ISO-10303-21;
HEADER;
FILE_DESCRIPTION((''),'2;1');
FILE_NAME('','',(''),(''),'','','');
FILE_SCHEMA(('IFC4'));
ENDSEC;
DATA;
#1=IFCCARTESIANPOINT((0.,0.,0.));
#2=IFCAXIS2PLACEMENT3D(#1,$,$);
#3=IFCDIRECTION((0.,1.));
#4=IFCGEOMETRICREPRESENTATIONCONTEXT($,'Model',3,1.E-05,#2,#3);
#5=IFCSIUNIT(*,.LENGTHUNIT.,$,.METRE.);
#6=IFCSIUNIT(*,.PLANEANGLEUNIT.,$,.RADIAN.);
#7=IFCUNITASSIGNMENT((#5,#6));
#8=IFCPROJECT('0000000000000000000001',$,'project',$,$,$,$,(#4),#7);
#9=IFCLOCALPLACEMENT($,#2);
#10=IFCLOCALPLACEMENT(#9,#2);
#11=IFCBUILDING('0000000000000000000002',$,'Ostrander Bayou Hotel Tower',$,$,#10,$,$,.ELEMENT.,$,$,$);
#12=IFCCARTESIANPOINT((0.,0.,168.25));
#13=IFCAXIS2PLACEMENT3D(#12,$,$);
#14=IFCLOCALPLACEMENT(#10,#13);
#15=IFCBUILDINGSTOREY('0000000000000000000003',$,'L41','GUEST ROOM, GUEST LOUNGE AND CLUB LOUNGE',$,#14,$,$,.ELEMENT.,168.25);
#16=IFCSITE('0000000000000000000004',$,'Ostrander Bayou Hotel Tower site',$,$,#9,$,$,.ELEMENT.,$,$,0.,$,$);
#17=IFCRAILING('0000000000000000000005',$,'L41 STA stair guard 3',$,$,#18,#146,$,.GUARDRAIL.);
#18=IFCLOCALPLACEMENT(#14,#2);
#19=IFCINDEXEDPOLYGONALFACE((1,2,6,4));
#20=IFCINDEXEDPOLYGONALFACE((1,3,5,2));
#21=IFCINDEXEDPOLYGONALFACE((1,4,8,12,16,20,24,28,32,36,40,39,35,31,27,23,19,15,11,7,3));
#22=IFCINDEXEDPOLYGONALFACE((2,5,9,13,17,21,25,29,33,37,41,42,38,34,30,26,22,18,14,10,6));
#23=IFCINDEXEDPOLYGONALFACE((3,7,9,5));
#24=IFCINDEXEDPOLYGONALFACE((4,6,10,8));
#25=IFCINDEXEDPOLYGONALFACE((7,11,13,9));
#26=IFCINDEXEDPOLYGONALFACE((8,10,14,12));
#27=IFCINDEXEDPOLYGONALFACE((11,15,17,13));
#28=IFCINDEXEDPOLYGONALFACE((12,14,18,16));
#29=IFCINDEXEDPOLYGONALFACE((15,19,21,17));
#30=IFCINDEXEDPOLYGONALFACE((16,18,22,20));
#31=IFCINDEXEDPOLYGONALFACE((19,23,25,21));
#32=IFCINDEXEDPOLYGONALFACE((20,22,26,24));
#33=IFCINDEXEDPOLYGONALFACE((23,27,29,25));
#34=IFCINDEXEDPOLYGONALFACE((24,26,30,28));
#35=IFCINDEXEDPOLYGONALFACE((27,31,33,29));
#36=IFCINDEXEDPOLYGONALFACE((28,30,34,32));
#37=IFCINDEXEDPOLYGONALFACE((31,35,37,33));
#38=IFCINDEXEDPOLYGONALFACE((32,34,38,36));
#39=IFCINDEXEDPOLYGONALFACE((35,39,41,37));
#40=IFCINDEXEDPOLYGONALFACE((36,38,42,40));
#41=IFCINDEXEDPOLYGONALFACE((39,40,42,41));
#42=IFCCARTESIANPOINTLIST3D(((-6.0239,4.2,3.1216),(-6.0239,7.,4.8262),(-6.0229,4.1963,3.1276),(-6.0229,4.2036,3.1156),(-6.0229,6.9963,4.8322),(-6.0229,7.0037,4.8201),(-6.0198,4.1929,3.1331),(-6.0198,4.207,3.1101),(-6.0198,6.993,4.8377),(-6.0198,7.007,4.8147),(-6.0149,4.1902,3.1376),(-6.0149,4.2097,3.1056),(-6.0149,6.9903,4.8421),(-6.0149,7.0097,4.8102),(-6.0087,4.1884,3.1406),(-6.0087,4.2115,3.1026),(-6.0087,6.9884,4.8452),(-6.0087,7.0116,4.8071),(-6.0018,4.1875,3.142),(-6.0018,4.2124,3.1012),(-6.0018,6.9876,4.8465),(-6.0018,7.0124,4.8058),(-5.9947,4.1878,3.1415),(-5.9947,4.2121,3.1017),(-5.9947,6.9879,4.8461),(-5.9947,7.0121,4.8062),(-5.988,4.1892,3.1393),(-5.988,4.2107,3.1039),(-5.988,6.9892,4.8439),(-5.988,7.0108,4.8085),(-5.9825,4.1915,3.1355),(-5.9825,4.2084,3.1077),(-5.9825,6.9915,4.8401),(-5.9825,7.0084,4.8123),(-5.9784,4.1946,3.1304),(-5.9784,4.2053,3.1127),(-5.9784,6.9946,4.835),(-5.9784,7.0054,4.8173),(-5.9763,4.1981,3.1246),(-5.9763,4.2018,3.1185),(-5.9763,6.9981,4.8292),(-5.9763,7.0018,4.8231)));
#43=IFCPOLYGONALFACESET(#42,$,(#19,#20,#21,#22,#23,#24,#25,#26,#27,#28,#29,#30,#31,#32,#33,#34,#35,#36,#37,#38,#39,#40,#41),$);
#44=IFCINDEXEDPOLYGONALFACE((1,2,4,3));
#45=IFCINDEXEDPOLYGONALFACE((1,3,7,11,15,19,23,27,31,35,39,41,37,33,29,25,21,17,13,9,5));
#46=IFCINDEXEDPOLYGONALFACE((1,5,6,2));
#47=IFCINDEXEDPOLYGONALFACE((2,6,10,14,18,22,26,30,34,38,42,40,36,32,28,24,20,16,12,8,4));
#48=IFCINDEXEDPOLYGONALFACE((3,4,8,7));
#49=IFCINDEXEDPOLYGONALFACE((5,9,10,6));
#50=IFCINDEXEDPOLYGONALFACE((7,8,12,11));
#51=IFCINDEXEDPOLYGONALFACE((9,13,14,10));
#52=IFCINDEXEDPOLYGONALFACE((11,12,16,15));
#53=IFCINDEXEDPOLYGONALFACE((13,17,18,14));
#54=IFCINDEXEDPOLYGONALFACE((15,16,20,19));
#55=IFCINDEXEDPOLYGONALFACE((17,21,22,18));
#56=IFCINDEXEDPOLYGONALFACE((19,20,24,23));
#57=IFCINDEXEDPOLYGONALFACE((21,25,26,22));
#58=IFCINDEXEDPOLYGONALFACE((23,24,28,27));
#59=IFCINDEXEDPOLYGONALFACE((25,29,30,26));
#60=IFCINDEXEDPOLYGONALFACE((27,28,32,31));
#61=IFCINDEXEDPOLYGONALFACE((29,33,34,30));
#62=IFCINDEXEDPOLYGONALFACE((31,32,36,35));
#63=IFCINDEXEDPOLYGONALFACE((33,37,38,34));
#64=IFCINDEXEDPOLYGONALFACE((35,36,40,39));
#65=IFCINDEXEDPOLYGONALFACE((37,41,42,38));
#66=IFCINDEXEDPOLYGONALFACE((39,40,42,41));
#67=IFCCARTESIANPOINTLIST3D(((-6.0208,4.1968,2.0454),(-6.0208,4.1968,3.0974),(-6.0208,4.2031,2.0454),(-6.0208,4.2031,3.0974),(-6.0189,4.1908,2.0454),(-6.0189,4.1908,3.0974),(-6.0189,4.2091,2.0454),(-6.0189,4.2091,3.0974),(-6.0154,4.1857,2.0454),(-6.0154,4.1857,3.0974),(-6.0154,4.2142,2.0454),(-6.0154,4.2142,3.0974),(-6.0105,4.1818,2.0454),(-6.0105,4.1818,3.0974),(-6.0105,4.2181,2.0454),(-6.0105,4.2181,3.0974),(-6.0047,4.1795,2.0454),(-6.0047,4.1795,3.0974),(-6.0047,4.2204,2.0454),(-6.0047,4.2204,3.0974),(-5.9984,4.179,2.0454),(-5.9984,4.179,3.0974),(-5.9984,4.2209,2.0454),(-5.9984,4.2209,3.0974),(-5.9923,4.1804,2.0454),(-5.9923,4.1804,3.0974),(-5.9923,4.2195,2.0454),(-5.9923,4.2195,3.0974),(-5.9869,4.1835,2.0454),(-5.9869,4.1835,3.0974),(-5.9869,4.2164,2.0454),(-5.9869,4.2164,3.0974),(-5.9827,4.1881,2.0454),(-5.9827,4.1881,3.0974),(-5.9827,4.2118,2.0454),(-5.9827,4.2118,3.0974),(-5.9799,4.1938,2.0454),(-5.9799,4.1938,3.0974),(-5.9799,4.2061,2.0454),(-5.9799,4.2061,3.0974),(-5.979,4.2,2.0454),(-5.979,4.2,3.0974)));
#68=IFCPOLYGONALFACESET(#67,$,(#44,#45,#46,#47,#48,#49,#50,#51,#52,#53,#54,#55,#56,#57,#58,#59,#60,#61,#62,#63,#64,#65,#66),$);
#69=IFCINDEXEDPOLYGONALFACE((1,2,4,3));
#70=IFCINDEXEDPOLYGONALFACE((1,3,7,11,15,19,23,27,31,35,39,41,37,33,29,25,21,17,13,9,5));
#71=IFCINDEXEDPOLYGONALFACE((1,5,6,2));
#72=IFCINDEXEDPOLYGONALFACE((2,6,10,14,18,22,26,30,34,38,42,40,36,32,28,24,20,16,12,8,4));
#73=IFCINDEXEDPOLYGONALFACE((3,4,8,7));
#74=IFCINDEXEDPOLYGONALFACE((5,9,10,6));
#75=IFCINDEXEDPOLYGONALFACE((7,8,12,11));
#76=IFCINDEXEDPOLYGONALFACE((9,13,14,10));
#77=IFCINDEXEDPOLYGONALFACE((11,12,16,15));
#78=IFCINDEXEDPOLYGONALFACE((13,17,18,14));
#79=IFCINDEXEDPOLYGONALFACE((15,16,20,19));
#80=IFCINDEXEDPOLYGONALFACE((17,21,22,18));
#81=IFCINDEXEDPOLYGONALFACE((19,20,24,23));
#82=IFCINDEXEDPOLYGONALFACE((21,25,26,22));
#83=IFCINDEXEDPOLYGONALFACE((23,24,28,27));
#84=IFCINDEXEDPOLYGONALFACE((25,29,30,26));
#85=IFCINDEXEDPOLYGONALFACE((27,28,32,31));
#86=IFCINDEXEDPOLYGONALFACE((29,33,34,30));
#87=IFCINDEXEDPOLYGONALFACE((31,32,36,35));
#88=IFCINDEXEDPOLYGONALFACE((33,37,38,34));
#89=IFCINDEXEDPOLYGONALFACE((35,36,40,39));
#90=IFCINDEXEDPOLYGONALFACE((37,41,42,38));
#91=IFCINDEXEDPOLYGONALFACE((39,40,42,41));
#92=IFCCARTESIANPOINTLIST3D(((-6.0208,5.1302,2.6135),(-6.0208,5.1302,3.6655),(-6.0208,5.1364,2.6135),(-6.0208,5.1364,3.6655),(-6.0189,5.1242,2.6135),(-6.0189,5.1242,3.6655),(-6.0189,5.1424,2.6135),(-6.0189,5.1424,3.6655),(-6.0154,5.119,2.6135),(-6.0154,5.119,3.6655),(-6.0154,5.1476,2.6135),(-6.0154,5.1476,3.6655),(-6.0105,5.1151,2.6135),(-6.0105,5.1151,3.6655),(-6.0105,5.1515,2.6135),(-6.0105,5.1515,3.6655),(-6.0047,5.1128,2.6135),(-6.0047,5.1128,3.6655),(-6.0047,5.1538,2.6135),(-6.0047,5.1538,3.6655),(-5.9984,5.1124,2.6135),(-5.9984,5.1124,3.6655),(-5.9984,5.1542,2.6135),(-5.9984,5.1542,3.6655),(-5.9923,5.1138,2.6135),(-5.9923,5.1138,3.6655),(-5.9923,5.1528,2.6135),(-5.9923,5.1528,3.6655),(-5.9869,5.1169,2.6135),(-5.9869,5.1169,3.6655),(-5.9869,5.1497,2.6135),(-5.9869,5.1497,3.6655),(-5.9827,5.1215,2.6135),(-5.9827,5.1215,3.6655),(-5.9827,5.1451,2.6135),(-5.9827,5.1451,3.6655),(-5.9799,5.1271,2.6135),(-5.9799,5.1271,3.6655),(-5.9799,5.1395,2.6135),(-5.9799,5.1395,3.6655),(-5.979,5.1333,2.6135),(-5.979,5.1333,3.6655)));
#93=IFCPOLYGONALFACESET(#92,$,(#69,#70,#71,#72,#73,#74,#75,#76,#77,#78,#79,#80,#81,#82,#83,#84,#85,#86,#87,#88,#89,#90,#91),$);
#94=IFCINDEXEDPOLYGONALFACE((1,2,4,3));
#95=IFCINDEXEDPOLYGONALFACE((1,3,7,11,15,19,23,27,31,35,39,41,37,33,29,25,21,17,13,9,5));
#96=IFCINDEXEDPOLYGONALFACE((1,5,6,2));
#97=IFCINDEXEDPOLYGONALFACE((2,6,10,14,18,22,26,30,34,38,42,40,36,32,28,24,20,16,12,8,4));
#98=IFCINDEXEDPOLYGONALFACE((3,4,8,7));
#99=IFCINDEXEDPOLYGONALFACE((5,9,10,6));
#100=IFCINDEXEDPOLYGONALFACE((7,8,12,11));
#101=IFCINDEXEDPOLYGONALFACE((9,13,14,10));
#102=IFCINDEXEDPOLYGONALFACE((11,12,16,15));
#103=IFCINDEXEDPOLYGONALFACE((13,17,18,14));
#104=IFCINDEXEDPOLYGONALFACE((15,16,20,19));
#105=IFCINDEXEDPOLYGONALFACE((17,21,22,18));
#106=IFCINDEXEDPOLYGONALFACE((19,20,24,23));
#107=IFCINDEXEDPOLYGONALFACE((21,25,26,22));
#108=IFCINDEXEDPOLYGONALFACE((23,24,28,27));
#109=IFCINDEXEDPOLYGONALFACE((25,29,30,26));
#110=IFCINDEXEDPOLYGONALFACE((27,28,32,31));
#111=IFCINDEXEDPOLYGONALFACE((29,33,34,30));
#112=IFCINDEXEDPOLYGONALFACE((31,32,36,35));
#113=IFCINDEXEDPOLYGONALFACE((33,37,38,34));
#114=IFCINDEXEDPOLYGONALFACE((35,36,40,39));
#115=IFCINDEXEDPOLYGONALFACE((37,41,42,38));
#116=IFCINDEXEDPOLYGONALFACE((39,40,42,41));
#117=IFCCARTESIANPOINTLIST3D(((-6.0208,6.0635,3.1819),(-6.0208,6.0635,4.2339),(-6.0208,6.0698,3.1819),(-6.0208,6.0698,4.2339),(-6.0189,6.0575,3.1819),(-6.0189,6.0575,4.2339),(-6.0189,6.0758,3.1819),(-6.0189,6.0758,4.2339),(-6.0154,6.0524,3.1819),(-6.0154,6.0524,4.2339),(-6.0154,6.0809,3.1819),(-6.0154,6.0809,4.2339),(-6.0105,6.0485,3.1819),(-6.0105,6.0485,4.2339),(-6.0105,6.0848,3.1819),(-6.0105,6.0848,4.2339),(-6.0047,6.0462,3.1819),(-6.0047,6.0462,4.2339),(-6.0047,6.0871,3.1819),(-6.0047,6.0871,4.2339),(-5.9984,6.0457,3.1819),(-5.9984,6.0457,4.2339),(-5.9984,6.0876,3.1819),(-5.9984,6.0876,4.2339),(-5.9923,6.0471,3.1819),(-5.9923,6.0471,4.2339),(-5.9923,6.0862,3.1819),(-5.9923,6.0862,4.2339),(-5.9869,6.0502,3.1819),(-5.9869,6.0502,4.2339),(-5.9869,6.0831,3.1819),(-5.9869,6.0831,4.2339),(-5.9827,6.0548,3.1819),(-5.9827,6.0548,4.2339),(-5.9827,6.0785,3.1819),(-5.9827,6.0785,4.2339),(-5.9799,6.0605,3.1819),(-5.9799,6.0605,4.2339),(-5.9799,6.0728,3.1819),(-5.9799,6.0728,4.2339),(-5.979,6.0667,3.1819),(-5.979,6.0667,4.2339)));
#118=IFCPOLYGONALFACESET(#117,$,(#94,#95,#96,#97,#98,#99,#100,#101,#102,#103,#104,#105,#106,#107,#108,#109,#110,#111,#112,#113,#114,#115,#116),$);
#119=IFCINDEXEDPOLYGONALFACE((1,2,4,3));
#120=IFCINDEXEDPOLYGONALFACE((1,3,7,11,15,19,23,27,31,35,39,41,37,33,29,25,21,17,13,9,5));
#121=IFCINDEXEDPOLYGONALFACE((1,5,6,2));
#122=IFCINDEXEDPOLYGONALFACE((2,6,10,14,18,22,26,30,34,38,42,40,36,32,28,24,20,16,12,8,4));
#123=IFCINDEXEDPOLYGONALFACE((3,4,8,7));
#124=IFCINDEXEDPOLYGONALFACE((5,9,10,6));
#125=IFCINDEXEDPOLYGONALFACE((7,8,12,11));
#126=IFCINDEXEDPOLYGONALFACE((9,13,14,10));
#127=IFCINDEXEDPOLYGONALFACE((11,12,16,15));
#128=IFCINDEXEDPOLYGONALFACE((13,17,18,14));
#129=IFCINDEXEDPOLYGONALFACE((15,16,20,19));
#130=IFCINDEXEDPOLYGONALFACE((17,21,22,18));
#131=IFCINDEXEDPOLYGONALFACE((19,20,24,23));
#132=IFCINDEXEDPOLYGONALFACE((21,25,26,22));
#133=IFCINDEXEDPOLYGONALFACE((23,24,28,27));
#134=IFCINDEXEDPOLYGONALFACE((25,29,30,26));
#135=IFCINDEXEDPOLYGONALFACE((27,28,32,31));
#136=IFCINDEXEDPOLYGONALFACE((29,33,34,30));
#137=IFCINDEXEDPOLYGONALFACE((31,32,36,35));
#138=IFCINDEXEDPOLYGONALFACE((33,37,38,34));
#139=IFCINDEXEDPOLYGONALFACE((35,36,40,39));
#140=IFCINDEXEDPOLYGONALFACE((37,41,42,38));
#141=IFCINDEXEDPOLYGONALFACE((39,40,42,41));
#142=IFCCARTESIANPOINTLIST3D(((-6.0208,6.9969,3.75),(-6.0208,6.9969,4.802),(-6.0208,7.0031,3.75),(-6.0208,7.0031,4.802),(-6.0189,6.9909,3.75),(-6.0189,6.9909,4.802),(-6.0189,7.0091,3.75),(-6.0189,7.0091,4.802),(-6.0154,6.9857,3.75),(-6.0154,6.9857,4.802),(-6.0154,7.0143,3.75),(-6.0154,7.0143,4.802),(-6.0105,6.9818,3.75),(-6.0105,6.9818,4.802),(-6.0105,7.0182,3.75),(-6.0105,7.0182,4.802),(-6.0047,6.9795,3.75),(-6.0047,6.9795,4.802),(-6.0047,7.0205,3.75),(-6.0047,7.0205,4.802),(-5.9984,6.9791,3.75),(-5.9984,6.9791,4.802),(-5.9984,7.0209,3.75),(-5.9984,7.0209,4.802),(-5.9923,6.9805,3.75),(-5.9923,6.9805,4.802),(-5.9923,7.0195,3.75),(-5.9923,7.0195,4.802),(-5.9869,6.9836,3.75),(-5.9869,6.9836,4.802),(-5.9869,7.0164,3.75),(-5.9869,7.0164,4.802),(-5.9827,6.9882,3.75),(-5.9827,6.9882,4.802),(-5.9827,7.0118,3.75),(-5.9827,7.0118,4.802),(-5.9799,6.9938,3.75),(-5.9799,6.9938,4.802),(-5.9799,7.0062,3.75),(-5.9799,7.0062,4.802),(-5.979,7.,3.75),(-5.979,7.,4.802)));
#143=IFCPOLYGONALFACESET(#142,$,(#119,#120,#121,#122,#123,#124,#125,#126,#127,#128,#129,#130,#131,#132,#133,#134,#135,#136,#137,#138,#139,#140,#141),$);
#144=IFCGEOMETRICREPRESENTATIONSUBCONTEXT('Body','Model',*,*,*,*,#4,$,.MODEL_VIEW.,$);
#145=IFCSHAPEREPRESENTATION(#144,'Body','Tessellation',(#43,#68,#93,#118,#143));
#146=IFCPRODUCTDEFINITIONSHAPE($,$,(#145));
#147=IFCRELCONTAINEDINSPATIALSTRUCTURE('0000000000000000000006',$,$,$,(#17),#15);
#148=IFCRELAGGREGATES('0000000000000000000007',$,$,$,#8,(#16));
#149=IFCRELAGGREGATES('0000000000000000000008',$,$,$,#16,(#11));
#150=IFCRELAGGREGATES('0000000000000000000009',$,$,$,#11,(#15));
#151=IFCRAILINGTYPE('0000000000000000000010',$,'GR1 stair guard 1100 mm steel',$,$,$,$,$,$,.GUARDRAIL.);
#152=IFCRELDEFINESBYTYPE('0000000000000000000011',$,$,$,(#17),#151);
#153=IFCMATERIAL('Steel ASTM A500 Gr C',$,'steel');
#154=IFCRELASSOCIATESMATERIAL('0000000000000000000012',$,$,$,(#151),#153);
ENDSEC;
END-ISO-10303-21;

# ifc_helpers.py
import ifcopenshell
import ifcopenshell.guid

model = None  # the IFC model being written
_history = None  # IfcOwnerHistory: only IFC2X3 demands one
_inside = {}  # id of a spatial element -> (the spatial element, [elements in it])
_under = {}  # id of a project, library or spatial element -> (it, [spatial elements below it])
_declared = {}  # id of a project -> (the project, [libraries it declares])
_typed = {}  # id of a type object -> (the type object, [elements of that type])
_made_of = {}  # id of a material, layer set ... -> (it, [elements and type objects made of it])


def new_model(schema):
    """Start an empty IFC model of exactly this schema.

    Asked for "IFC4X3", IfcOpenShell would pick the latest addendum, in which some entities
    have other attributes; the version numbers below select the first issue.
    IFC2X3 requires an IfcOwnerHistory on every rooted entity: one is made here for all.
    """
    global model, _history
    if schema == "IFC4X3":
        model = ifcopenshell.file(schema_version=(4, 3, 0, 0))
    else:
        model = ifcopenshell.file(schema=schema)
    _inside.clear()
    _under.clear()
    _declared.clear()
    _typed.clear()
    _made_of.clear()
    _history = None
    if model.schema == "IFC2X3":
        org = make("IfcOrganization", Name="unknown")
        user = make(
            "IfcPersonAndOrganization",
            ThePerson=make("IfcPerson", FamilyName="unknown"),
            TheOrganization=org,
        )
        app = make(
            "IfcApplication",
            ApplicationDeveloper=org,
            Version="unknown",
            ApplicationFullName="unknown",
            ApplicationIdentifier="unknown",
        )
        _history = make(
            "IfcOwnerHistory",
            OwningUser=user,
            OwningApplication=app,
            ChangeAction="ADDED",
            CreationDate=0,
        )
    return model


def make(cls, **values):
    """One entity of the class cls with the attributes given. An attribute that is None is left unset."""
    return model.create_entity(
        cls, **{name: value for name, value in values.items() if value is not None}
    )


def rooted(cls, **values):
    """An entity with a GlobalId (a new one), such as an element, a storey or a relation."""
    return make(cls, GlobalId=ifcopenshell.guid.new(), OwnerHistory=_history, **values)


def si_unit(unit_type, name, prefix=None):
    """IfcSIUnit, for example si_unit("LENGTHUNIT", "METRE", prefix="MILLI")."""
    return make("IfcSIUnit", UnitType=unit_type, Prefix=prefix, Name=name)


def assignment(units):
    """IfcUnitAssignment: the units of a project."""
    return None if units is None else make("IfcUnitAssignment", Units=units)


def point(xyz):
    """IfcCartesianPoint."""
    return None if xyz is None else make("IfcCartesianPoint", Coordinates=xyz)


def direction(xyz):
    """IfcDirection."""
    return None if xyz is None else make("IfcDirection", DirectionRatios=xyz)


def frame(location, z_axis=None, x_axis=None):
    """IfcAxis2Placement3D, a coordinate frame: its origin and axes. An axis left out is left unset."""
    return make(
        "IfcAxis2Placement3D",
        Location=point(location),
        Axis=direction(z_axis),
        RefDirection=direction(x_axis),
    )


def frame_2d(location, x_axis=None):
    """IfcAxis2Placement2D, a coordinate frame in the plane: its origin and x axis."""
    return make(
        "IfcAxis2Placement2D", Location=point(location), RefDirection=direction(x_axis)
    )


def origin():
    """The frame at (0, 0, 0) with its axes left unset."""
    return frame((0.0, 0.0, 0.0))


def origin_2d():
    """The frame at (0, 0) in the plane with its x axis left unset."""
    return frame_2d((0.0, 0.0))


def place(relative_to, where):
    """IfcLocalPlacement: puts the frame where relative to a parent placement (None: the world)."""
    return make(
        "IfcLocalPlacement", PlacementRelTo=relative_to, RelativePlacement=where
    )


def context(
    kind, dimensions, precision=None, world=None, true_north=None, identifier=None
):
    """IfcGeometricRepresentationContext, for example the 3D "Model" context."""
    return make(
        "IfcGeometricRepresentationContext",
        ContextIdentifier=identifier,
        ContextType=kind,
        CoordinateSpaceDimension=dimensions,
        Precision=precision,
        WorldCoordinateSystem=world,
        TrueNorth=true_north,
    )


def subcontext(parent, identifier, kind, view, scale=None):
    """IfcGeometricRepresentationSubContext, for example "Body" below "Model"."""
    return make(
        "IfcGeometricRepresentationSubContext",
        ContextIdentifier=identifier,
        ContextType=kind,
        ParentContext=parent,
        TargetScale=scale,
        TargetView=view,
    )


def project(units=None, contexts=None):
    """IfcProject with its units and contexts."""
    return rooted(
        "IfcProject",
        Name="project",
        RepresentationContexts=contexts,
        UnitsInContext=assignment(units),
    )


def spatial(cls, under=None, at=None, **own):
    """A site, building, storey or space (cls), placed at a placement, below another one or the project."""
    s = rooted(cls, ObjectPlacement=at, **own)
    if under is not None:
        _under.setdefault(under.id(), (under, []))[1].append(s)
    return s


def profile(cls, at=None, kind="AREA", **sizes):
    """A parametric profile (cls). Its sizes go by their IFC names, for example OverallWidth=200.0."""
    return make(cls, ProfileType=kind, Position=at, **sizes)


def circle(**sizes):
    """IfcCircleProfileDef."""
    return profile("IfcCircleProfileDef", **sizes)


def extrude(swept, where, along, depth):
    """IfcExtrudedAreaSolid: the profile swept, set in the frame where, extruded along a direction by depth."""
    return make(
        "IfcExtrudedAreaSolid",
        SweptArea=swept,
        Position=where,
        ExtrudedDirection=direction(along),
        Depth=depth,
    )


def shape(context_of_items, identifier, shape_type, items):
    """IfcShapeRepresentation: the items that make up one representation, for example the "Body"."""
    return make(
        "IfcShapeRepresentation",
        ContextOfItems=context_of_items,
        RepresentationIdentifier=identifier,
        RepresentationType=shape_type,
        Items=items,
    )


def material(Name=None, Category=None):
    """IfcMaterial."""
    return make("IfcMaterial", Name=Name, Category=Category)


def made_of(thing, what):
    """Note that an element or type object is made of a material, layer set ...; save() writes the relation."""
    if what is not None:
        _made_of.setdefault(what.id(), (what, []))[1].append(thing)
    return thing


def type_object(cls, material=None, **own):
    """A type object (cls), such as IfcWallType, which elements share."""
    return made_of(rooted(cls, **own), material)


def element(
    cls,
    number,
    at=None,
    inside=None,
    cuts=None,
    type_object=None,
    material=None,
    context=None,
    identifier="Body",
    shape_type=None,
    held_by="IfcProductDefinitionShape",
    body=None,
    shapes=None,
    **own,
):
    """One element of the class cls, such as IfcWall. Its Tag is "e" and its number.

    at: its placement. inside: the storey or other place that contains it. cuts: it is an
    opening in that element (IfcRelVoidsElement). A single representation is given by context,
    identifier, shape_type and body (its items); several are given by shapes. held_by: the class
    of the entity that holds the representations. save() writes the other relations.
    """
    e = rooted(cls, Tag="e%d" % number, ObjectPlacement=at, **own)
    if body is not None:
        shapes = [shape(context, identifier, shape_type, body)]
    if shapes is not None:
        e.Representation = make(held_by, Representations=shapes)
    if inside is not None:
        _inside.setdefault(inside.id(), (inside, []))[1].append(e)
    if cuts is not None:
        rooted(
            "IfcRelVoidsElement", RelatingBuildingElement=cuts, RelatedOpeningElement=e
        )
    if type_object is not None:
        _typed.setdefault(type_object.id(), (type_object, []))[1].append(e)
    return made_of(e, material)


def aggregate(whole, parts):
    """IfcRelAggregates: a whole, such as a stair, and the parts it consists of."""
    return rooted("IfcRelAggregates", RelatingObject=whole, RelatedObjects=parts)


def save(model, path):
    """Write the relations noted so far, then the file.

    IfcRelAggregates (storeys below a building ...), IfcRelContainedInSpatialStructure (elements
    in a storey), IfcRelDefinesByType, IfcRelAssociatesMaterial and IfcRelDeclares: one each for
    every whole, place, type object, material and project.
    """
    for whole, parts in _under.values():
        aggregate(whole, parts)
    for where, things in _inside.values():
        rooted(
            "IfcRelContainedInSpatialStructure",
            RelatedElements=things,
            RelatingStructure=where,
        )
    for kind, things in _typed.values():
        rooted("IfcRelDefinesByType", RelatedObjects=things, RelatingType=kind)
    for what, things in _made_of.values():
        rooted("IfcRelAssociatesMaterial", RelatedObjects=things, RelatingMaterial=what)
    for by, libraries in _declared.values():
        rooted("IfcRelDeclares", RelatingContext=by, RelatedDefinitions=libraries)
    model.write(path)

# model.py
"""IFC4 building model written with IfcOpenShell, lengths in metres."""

from ifc_helpers import new_model, si_unit, direction, frame, origin, origin_2d, place, context, subcontext, project, spatial, circle, extrude, material, type_object, element, save


model = new_model("IFC4")

# Units and contexts
model_context = context("Model", 3, precision=1e-05, world=origin(), true_north=direction((0.0, 1.0)))
body_context = subcontext(model_context, "Body", "Model", "MODEL_VIEW")
ifc_project = project(units=[si_unit("LENGTHUNIT", "METRE"), si_unit("PLANEANGLEUNIT", "RADIAN")], contexts=[model_context])

# Site, building, storey
site_placement = place(None, origin())
site = spatial("IfcSite", under=ifc_project, at=site_placement, Name="Ostrander Bayou Hotel Tower site", CompositionType="ELEMENT", RefElevation=0.0)
building_placement = place(site_placement, origin())
building = spatial("IfcBuilding", under=site, at=building_placement, Name="Ostrander Bayou Hotel Tower", CompositionType="ELEMENT")
storey_placement = place(building_placement, frame((0.0, 0.0, 168.25)))
storey = spatial("IfcBuildingStorey", under=building, at=storey_placement, Name="L41", Description="GUEST ROOM, GUEST LOUNGE AND CLUB LOUNGE", CompositionType="ELEMENT", Elevation=168.25)

# Railing
ifc_material_1 = material(Name="Steel ASTM A500 Gr C", Category="steel")
railing_type_1 = type_object("IfcRailingType", Name="GR1 stair guard 1100 mm steel", PredefinedType="GUARDRAIL", material=ifc_material_1)
railing_1_placement = place(storey_placement, frame((-6.0, 4.2, 2.0454)))
element("IfcRailing", 1, at=railing_1_placement, inside=storey, type_object=railing_type_1, Name="L41 STA stair guard 3", PredefinedType="GUARDRAIL", context=body_context, shape_type="SweptSolid", body=[
    extrude(circle(Radius=0.0239, at=origin_2d()), frame((0.0, 0.0, 1.0762), z_axis=(0.0, 0.85417, 0.519994), x_axis=(-1.0, 0.0, 0.0)), (0.0, 0.0, 1.0), 3.2781),
    extrude(circle(Radius=0.021, at=origin_2d()), origin(), (0.0, 0.0, 1.0), 1.052),
    extrude(circle(Radius=0.021, at=origin_2d()), frame((0.0, 0.9333, 0.5681)), (0.0, 0.0, 1.0), 1.052),
    extrude(circle(Radius=0.021, at=origin_2d()), frame((0.0, 1.8667, 1.1365)), (0.0, 0.0, 1.0), 1.052),
    extrude(circle(Radius=0.021, at=origin_2d()), frame((0.0, 2.8, 1.7046)), (0.0, 0.0, 1.0), 1.052),
])

save(model, "model.ifc")
